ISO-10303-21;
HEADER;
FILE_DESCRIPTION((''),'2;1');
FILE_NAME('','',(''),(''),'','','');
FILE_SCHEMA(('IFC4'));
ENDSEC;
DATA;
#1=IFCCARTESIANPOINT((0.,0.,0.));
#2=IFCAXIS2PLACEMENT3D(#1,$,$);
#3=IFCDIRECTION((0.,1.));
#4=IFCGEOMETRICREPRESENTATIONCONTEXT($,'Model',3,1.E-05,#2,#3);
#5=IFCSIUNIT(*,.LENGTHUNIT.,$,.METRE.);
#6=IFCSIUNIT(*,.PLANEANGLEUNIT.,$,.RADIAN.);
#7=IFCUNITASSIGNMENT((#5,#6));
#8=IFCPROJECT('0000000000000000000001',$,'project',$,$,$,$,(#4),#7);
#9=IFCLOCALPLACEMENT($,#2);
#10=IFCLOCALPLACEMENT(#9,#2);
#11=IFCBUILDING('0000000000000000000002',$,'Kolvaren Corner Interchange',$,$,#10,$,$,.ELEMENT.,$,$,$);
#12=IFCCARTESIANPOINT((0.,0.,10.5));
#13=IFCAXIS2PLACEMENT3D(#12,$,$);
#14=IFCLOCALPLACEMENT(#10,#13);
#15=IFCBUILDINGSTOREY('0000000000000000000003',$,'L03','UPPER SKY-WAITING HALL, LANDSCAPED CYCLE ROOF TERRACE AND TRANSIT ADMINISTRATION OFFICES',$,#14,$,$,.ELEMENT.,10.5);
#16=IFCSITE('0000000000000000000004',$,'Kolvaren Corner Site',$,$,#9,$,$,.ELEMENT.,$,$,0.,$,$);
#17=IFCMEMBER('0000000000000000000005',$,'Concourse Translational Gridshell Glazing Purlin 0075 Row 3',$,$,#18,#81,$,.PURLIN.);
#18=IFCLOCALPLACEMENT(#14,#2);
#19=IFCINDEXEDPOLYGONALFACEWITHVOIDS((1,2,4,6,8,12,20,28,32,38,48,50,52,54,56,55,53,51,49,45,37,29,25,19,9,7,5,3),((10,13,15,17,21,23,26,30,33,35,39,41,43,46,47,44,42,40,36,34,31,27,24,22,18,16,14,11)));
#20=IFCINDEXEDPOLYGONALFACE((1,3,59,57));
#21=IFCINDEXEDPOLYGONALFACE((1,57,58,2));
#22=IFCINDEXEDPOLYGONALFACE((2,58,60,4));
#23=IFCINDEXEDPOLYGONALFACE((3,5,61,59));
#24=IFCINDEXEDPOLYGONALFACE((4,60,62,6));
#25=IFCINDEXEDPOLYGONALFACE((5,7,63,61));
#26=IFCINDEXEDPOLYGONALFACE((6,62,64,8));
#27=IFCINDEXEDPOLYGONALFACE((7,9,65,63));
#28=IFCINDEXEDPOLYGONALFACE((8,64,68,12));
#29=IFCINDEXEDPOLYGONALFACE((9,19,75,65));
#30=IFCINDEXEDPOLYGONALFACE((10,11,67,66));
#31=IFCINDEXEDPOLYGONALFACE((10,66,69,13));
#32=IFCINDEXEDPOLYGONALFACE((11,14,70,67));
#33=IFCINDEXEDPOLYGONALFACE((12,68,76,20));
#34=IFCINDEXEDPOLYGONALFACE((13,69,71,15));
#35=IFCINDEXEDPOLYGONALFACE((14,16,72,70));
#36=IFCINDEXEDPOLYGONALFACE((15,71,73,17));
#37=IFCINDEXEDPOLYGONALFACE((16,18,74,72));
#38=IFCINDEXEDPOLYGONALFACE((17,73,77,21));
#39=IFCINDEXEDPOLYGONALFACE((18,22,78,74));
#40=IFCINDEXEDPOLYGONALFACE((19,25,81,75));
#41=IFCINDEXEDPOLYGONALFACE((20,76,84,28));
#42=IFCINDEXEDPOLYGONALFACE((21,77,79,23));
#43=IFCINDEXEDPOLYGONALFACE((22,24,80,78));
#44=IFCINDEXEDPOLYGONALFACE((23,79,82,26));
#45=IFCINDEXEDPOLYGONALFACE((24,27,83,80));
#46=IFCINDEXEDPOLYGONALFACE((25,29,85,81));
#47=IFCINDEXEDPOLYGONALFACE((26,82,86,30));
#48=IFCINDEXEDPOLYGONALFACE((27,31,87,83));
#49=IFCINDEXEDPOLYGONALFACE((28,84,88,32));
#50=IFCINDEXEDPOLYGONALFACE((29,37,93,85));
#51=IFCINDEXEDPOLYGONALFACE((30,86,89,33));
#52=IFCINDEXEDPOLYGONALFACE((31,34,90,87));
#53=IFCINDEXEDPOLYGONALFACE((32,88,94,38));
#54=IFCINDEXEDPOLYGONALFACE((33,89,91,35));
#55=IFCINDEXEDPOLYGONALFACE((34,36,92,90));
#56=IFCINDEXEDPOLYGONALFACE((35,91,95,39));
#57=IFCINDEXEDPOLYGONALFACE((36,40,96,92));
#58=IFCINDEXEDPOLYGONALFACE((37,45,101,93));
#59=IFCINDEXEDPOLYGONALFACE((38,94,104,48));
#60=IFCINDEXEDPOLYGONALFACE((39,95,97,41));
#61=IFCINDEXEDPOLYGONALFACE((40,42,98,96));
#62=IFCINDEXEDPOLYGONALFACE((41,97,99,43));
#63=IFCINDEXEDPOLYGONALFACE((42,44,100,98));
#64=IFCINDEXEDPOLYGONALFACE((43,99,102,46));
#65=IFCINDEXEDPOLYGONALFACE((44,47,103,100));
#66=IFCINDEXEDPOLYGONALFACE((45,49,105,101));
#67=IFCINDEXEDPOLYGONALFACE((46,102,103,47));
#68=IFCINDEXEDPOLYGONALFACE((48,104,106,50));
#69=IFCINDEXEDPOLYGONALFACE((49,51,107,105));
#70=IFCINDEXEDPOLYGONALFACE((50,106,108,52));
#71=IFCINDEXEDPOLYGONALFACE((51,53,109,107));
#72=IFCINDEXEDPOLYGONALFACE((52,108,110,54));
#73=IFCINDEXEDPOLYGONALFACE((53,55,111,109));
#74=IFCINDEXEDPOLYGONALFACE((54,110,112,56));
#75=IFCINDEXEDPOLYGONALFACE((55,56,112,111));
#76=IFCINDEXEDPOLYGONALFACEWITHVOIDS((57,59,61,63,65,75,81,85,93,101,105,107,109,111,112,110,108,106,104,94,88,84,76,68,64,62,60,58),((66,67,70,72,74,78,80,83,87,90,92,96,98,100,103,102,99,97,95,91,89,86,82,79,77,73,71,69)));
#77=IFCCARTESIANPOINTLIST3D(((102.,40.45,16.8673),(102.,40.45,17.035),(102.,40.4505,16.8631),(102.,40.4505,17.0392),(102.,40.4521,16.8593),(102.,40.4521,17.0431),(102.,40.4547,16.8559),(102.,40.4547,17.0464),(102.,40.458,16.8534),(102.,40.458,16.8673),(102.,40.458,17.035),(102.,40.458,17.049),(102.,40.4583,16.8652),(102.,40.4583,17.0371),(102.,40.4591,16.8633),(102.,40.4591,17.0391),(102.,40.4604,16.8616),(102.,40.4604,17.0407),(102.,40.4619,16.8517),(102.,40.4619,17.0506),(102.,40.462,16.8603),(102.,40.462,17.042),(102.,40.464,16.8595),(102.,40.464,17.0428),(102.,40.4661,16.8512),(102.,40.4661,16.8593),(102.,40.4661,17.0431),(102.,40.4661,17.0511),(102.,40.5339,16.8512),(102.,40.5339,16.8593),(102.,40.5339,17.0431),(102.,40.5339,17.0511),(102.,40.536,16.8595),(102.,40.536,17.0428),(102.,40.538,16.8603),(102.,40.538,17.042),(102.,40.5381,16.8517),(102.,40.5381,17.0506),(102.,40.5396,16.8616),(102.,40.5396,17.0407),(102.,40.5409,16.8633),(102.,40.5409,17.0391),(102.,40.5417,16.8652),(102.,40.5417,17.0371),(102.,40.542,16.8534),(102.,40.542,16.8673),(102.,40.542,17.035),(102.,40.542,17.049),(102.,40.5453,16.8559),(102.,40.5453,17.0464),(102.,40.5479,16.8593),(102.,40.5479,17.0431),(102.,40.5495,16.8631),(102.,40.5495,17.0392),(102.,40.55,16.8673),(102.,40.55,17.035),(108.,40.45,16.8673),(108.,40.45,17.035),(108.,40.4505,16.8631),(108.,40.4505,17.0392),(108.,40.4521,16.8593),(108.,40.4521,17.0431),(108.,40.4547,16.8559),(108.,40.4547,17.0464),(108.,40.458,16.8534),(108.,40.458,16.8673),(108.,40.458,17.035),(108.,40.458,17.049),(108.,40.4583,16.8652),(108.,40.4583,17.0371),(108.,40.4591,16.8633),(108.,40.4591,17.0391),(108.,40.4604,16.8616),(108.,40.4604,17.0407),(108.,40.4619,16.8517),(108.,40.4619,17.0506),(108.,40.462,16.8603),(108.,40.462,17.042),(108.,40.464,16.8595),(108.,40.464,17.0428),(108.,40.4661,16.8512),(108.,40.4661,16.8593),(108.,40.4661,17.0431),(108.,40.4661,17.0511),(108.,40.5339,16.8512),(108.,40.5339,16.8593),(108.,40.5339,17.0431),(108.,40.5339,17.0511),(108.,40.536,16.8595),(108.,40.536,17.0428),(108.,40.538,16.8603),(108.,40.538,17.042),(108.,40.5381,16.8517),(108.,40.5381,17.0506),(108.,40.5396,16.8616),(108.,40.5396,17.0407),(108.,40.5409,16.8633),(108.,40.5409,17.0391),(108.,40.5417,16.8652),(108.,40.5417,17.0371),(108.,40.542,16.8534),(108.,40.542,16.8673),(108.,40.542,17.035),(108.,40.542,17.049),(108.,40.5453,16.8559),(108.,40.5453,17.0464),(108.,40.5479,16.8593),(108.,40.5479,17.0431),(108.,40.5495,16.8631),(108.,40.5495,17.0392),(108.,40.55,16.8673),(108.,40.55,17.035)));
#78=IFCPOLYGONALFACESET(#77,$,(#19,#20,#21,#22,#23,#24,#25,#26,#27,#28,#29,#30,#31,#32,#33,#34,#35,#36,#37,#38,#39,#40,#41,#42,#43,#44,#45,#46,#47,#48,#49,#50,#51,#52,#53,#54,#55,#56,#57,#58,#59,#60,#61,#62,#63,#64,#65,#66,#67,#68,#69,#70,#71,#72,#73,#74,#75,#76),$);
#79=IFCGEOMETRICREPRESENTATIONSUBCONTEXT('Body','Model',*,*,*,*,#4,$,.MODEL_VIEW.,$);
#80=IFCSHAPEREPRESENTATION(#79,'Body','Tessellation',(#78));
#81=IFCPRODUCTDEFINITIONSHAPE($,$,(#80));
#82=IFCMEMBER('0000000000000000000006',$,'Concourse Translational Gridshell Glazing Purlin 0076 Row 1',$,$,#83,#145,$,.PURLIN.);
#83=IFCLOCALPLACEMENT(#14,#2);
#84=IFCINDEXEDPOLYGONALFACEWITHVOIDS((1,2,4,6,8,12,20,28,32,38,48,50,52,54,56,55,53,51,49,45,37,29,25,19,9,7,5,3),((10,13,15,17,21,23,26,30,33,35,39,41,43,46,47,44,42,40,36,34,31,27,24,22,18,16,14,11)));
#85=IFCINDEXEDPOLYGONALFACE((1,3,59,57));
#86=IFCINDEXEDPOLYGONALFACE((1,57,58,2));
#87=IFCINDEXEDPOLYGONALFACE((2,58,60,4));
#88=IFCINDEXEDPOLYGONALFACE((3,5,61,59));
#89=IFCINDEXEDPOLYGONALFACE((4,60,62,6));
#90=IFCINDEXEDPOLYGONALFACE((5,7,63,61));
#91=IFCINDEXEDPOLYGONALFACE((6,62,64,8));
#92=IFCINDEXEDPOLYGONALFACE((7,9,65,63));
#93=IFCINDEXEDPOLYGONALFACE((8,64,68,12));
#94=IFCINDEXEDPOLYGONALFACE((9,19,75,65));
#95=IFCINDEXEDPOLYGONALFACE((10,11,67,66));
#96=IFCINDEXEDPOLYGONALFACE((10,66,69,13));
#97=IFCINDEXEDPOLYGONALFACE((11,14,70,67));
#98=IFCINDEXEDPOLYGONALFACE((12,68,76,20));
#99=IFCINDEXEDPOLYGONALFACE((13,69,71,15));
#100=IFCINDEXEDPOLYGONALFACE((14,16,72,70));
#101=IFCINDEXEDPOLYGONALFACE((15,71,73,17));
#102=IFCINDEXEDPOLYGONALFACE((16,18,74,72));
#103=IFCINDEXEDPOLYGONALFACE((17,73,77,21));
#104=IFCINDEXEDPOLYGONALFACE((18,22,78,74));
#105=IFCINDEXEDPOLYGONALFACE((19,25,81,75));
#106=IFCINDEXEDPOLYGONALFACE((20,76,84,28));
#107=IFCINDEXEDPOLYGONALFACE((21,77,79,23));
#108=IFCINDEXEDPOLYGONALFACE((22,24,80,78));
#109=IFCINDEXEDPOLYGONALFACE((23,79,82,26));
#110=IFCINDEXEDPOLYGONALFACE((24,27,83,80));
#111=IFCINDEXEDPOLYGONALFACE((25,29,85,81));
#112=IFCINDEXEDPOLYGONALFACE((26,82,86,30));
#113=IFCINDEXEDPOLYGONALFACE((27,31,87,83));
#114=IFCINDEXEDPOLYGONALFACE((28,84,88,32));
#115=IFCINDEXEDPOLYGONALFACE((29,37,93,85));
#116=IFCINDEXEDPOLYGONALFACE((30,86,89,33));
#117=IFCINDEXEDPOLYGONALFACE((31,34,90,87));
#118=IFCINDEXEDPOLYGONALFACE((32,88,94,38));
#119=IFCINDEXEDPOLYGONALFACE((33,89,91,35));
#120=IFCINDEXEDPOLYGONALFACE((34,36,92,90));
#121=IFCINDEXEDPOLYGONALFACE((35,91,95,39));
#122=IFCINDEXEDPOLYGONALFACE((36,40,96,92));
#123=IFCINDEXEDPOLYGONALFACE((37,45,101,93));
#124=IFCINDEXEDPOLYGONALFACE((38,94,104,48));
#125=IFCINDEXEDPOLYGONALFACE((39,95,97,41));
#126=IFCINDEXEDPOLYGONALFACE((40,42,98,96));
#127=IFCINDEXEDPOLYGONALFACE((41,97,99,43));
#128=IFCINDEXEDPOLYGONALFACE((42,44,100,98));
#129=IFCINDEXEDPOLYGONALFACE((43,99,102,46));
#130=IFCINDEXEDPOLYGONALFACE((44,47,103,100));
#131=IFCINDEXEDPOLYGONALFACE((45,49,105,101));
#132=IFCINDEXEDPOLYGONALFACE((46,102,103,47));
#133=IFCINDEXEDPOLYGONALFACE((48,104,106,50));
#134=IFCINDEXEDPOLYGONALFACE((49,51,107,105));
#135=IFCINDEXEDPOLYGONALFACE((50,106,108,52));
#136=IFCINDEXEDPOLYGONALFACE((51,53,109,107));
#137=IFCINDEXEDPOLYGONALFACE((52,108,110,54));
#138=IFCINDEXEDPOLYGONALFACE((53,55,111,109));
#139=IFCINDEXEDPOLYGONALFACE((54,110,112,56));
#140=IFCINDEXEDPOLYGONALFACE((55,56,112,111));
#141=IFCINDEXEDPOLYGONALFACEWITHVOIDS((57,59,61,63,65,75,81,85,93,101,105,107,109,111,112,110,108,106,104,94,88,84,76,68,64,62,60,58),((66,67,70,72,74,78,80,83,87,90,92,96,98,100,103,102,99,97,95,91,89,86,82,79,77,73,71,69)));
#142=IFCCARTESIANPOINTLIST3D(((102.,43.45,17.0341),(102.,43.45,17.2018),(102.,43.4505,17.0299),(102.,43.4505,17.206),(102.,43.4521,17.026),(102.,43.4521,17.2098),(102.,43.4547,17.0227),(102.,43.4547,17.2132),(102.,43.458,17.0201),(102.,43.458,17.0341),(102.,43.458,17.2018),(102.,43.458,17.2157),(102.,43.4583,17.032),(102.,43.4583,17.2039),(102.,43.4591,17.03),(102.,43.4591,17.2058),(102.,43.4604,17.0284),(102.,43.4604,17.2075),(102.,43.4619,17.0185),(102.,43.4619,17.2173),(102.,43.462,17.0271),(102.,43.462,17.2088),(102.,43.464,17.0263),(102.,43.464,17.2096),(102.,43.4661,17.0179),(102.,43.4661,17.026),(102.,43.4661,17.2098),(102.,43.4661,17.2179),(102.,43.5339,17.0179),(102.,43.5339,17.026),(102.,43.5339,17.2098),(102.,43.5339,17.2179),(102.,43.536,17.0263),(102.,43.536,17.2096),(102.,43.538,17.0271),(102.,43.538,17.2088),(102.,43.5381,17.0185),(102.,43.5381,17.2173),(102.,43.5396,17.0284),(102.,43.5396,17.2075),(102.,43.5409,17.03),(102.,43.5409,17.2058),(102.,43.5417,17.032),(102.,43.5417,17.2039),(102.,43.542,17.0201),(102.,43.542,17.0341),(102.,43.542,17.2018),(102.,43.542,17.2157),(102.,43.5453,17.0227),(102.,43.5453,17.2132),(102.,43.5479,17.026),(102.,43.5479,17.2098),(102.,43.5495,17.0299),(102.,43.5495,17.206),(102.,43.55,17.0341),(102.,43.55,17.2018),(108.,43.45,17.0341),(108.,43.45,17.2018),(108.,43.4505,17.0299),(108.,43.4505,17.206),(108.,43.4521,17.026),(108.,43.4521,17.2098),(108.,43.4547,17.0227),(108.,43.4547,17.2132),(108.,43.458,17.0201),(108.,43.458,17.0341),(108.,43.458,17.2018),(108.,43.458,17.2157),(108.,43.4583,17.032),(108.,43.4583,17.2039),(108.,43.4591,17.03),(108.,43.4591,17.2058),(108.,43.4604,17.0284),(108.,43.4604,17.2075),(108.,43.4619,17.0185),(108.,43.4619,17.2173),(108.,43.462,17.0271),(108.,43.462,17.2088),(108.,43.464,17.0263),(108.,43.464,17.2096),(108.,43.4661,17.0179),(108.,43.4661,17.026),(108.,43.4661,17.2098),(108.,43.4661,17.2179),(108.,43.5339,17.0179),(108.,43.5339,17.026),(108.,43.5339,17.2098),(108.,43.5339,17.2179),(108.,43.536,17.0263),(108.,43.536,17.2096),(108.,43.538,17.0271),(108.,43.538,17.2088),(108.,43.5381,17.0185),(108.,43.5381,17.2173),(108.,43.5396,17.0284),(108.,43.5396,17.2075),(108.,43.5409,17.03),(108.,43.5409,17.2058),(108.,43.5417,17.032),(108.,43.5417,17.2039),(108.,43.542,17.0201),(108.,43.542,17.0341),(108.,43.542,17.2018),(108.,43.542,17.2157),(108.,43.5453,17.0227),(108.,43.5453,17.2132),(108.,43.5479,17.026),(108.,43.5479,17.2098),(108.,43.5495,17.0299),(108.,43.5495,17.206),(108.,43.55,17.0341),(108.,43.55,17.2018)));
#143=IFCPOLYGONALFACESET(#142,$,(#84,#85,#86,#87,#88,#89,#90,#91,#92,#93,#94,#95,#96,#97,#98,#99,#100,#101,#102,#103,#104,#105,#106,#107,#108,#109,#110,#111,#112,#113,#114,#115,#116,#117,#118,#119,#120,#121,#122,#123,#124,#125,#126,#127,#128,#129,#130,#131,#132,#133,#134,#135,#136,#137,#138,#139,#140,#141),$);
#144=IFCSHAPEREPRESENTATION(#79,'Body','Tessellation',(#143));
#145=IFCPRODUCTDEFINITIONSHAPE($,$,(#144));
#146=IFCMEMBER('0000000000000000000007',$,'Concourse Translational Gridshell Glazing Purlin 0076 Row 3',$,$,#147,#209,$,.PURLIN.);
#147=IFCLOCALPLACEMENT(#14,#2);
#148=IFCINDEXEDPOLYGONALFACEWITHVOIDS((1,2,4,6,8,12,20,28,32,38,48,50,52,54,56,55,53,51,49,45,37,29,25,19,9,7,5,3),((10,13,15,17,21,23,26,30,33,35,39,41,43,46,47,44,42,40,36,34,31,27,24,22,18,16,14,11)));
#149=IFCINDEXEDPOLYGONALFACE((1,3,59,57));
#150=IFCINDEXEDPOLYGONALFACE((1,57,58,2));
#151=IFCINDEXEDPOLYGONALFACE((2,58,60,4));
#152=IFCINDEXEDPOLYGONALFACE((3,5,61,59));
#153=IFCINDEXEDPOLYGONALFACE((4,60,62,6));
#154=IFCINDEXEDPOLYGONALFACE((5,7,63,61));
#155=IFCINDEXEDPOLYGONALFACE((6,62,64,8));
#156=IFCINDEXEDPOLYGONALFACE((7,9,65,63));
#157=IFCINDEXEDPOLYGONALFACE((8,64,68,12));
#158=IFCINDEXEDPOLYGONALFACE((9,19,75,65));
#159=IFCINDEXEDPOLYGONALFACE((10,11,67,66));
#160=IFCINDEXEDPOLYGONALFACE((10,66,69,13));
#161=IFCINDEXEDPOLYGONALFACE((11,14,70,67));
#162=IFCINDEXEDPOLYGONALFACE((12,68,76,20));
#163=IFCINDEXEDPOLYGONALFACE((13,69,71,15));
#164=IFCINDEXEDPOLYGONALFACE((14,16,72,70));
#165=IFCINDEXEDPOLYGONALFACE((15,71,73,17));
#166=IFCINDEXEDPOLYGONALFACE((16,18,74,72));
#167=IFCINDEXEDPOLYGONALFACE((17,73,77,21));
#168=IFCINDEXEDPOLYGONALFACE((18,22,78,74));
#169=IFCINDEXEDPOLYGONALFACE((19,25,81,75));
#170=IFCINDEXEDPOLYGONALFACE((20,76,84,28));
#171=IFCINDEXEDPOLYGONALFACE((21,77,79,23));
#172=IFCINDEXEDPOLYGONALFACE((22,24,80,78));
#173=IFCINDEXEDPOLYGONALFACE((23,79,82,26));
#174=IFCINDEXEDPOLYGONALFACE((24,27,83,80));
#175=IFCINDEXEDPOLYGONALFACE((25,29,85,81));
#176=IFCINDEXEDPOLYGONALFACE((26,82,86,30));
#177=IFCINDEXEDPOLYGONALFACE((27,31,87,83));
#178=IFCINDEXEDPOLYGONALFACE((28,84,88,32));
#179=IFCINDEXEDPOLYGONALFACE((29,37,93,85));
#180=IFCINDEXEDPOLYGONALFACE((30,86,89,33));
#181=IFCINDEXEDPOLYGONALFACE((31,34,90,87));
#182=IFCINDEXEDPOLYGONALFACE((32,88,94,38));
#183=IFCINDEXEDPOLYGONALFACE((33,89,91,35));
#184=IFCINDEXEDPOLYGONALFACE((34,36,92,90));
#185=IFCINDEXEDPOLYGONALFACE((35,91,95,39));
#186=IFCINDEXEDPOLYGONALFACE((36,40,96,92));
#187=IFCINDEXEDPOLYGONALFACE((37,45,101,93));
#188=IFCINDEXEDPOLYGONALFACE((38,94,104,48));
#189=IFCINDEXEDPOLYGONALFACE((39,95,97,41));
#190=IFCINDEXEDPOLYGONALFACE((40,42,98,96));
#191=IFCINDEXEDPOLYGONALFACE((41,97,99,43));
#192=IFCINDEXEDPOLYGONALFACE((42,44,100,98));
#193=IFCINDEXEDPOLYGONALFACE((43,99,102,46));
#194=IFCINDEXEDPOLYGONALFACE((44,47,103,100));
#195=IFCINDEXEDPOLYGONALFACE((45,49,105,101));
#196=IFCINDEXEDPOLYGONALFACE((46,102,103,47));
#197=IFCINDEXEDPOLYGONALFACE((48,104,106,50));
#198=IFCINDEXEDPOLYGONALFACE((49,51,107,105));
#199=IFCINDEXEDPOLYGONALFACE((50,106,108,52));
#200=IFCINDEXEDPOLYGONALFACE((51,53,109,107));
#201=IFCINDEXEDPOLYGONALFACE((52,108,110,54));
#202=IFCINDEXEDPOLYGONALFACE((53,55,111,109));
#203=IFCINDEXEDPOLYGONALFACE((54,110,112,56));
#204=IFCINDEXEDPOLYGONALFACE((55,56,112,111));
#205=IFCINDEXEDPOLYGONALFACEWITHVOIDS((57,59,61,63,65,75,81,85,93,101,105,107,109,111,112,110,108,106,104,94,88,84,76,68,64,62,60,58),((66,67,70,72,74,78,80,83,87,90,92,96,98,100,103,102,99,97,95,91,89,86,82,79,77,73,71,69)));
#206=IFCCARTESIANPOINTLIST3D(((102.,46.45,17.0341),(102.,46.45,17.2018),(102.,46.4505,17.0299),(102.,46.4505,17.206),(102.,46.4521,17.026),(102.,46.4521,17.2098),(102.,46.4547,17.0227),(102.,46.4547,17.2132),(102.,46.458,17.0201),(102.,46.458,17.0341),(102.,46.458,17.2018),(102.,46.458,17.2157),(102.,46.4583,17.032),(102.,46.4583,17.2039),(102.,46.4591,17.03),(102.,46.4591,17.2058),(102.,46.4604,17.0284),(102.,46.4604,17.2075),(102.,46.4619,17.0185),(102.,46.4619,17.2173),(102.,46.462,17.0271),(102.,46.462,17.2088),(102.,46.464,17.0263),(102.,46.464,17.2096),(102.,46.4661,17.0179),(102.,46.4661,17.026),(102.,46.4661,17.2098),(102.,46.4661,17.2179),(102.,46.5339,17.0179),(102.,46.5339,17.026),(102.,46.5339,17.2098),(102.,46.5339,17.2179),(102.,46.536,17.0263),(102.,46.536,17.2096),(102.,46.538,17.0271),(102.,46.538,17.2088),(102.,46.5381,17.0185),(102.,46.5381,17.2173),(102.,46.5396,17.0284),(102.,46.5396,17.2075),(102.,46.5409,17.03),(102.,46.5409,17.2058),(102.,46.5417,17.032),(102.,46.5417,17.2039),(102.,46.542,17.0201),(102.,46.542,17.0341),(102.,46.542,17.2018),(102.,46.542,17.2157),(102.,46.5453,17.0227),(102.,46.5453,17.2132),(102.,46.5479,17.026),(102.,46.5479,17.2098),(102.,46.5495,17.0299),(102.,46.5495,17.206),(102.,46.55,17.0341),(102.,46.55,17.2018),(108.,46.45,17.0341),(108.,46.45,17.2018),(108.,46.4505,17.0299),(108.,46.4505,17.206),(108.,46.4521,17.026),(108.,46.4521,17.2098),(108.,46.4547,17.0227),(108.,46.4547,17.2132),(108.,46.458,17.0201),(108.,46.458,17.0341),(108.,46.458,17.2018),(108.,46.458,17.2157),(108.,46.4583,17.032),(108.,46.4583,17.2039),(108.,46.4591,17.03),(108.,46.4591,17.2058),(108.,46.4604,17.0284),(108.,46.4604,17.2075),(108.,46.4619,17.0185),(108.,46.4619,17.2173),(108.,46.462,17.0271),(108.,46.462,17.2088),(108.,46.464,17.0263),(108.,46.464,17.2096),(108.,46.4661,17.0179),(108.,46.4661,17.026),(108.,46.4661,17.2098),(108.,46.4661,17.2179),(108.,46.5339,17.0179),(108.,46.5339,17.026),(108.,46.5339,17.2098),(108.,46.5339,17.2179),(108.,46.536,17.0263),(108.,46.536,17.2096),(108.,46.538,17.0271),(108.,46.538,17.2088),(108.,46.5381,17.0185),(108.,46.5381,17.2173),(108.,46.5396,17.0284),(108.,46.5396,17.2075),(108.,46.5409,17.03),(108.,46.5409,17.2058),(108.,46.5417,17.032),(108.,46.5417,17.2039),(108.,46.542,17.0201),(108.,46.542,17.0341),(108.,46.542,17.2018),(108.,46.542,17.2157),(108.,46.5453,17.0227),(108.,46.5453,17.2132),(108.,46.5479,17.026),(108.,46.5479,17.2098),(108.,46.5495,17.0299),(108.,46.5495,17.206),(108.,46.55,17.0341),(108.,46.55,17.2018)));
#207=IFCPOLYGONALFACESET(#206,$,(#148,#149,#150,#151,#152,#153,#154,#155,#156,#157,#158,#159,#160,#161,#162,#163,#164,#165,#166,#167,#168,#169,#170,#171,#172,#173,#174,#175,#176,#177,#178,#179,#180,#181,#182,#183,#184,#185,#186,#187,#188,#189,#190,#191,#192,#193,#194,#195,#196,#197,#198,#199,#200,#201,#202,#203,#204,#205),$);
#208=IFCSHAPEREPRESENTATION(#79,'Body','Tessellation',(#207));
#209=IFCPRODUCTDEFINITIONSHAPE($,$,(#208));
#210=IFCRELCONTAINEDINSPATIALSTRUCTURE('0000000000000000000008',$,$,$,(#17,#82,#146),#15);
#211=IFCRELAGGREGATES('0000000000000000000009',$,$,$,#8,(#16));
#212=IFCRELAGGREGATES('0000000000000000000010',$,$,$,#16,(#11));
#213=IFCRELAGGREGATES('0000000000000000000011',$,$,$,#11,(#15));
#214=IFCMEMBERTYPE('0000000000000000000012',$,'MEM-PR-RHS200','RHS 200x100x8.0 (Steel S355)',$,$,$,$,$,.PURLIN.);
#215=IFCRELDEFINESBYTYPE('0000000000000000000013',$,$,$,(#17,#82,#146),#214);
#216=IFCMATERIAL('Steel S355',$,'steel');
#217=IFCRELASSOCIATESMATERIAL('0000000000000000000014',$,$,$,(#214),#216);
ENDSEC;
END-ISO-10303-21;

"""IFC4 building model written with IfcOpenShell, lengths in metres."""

from ifc_helpers import new_model, si_unit, direction, frame, origin, origin_2d, place, context, subcontext, project, spatial, hollow_rectangle, extrude, material, material_profile, profile_set, type_object, element, save


model = new_model("IFC4")

# Units and contexts
model_context = context("Model", 3, precision=1e-05, world=origin(), true_north=direction((0.0, 1.0)))
body_context = subcontext(model_context, "Body", "Model", "MODEL_VIEW")
ifc_project = project(units=[si_unit("LENGTHUNIT", "METRE"), si_unit("PLANEANGLEUNIT", "RADIAN")], contexts=[model_context])

# Site, building, storey
site_placement = place(None, origin())
site = spatial("IfcSite", under=ifc_project, at=site_placement, Name="Kolvaren Corner Site", CompositionType="ELEMENT", RefElevation=0.0)
building_placement = place(site_placement, origin())
building = spatial("IfcBuilding", under=site, at=building_placement, Name="Kolvaren Corner Interchange", CompositionType="ELEMENT")
storey_placement = place(building_placement, frame((0.0, 0.0, 10.5)))
storey = spatial("IfcBuildingStorey", under=building, at=storey_placement, Name="L03", Description="UPPER SKY-WAITING HALL, LANDSCAPED CYCLE ROOF TERRACE AND TRANSIT ADMINISTRATION OFFICES", CompositionType="ELEMENT", Elevation=10.5)

# Members
ifc_material_1 = material(Name="Steel S355", Category="steel")
ifc_material_profile_1 = material_profile(ifc_material_1, hollow_rectangle(XDim=0.1001, YDim=0.2, WallThickness=0.0081, InnerFilletRadius=0.0081, OuterFilletRadius=0.0161, at=origin_2d()), Name="RHS 200x100x8.0")
ifc_profile_set_1 = profile_set([ifc_material_profile_1], Name="Steel S355")
member_type_1 = type_object("IfcMemberType", Name="MEM-PR-RHS200", Description="RHS 200x100x8.0 (Steel S355)", PredefinedType="PURLIN", material=ifc_profile_set_1)
for number, where, z_axis, x_axis, name in (
    (1, (102.0, 40.5, 16.9512), (1.0, 0.0, 0.0), (0.0, 1.0, 0.0), "Concourse Translational Gridshell Glazing Purlin 0075 Row 3"),
    (2, (102.0, 43.5, 17.1179), (1.0, 0.0, 0.0), (0.0, 1.0, 0.0), "Concourse Translational Gridshell Glazing Purlin 0076 Row 1"),
    (3, (102.0, 46.5, 17.1179), (1.0, 0.0, 0.0), (0.0, 1.0, 0.0), "Concourse Translational Gridshell Glazing Purlin 0076 Row 3"),
):
    element("IfcMember", number, at=place(storey_placement, frame(where, z_axis=z_axis, x_axis=x_axis)), inside=storey, type_object=member_type_1, Name=name, PredefinedType="PURLIN", context=body_context, shape_type="SweptSolid", body=[
        extrude(hollow_rectangle(XDim=0.1001, YDim=0.2, WallThickness=0.0081, InnerFilletRadius=0.0081, OuterFilletRadius=0.0161, at=origin_2d()), origin(), (0.0, 0.0, 1.0), 6.0),
    ])

save(model, "model.ifc")
